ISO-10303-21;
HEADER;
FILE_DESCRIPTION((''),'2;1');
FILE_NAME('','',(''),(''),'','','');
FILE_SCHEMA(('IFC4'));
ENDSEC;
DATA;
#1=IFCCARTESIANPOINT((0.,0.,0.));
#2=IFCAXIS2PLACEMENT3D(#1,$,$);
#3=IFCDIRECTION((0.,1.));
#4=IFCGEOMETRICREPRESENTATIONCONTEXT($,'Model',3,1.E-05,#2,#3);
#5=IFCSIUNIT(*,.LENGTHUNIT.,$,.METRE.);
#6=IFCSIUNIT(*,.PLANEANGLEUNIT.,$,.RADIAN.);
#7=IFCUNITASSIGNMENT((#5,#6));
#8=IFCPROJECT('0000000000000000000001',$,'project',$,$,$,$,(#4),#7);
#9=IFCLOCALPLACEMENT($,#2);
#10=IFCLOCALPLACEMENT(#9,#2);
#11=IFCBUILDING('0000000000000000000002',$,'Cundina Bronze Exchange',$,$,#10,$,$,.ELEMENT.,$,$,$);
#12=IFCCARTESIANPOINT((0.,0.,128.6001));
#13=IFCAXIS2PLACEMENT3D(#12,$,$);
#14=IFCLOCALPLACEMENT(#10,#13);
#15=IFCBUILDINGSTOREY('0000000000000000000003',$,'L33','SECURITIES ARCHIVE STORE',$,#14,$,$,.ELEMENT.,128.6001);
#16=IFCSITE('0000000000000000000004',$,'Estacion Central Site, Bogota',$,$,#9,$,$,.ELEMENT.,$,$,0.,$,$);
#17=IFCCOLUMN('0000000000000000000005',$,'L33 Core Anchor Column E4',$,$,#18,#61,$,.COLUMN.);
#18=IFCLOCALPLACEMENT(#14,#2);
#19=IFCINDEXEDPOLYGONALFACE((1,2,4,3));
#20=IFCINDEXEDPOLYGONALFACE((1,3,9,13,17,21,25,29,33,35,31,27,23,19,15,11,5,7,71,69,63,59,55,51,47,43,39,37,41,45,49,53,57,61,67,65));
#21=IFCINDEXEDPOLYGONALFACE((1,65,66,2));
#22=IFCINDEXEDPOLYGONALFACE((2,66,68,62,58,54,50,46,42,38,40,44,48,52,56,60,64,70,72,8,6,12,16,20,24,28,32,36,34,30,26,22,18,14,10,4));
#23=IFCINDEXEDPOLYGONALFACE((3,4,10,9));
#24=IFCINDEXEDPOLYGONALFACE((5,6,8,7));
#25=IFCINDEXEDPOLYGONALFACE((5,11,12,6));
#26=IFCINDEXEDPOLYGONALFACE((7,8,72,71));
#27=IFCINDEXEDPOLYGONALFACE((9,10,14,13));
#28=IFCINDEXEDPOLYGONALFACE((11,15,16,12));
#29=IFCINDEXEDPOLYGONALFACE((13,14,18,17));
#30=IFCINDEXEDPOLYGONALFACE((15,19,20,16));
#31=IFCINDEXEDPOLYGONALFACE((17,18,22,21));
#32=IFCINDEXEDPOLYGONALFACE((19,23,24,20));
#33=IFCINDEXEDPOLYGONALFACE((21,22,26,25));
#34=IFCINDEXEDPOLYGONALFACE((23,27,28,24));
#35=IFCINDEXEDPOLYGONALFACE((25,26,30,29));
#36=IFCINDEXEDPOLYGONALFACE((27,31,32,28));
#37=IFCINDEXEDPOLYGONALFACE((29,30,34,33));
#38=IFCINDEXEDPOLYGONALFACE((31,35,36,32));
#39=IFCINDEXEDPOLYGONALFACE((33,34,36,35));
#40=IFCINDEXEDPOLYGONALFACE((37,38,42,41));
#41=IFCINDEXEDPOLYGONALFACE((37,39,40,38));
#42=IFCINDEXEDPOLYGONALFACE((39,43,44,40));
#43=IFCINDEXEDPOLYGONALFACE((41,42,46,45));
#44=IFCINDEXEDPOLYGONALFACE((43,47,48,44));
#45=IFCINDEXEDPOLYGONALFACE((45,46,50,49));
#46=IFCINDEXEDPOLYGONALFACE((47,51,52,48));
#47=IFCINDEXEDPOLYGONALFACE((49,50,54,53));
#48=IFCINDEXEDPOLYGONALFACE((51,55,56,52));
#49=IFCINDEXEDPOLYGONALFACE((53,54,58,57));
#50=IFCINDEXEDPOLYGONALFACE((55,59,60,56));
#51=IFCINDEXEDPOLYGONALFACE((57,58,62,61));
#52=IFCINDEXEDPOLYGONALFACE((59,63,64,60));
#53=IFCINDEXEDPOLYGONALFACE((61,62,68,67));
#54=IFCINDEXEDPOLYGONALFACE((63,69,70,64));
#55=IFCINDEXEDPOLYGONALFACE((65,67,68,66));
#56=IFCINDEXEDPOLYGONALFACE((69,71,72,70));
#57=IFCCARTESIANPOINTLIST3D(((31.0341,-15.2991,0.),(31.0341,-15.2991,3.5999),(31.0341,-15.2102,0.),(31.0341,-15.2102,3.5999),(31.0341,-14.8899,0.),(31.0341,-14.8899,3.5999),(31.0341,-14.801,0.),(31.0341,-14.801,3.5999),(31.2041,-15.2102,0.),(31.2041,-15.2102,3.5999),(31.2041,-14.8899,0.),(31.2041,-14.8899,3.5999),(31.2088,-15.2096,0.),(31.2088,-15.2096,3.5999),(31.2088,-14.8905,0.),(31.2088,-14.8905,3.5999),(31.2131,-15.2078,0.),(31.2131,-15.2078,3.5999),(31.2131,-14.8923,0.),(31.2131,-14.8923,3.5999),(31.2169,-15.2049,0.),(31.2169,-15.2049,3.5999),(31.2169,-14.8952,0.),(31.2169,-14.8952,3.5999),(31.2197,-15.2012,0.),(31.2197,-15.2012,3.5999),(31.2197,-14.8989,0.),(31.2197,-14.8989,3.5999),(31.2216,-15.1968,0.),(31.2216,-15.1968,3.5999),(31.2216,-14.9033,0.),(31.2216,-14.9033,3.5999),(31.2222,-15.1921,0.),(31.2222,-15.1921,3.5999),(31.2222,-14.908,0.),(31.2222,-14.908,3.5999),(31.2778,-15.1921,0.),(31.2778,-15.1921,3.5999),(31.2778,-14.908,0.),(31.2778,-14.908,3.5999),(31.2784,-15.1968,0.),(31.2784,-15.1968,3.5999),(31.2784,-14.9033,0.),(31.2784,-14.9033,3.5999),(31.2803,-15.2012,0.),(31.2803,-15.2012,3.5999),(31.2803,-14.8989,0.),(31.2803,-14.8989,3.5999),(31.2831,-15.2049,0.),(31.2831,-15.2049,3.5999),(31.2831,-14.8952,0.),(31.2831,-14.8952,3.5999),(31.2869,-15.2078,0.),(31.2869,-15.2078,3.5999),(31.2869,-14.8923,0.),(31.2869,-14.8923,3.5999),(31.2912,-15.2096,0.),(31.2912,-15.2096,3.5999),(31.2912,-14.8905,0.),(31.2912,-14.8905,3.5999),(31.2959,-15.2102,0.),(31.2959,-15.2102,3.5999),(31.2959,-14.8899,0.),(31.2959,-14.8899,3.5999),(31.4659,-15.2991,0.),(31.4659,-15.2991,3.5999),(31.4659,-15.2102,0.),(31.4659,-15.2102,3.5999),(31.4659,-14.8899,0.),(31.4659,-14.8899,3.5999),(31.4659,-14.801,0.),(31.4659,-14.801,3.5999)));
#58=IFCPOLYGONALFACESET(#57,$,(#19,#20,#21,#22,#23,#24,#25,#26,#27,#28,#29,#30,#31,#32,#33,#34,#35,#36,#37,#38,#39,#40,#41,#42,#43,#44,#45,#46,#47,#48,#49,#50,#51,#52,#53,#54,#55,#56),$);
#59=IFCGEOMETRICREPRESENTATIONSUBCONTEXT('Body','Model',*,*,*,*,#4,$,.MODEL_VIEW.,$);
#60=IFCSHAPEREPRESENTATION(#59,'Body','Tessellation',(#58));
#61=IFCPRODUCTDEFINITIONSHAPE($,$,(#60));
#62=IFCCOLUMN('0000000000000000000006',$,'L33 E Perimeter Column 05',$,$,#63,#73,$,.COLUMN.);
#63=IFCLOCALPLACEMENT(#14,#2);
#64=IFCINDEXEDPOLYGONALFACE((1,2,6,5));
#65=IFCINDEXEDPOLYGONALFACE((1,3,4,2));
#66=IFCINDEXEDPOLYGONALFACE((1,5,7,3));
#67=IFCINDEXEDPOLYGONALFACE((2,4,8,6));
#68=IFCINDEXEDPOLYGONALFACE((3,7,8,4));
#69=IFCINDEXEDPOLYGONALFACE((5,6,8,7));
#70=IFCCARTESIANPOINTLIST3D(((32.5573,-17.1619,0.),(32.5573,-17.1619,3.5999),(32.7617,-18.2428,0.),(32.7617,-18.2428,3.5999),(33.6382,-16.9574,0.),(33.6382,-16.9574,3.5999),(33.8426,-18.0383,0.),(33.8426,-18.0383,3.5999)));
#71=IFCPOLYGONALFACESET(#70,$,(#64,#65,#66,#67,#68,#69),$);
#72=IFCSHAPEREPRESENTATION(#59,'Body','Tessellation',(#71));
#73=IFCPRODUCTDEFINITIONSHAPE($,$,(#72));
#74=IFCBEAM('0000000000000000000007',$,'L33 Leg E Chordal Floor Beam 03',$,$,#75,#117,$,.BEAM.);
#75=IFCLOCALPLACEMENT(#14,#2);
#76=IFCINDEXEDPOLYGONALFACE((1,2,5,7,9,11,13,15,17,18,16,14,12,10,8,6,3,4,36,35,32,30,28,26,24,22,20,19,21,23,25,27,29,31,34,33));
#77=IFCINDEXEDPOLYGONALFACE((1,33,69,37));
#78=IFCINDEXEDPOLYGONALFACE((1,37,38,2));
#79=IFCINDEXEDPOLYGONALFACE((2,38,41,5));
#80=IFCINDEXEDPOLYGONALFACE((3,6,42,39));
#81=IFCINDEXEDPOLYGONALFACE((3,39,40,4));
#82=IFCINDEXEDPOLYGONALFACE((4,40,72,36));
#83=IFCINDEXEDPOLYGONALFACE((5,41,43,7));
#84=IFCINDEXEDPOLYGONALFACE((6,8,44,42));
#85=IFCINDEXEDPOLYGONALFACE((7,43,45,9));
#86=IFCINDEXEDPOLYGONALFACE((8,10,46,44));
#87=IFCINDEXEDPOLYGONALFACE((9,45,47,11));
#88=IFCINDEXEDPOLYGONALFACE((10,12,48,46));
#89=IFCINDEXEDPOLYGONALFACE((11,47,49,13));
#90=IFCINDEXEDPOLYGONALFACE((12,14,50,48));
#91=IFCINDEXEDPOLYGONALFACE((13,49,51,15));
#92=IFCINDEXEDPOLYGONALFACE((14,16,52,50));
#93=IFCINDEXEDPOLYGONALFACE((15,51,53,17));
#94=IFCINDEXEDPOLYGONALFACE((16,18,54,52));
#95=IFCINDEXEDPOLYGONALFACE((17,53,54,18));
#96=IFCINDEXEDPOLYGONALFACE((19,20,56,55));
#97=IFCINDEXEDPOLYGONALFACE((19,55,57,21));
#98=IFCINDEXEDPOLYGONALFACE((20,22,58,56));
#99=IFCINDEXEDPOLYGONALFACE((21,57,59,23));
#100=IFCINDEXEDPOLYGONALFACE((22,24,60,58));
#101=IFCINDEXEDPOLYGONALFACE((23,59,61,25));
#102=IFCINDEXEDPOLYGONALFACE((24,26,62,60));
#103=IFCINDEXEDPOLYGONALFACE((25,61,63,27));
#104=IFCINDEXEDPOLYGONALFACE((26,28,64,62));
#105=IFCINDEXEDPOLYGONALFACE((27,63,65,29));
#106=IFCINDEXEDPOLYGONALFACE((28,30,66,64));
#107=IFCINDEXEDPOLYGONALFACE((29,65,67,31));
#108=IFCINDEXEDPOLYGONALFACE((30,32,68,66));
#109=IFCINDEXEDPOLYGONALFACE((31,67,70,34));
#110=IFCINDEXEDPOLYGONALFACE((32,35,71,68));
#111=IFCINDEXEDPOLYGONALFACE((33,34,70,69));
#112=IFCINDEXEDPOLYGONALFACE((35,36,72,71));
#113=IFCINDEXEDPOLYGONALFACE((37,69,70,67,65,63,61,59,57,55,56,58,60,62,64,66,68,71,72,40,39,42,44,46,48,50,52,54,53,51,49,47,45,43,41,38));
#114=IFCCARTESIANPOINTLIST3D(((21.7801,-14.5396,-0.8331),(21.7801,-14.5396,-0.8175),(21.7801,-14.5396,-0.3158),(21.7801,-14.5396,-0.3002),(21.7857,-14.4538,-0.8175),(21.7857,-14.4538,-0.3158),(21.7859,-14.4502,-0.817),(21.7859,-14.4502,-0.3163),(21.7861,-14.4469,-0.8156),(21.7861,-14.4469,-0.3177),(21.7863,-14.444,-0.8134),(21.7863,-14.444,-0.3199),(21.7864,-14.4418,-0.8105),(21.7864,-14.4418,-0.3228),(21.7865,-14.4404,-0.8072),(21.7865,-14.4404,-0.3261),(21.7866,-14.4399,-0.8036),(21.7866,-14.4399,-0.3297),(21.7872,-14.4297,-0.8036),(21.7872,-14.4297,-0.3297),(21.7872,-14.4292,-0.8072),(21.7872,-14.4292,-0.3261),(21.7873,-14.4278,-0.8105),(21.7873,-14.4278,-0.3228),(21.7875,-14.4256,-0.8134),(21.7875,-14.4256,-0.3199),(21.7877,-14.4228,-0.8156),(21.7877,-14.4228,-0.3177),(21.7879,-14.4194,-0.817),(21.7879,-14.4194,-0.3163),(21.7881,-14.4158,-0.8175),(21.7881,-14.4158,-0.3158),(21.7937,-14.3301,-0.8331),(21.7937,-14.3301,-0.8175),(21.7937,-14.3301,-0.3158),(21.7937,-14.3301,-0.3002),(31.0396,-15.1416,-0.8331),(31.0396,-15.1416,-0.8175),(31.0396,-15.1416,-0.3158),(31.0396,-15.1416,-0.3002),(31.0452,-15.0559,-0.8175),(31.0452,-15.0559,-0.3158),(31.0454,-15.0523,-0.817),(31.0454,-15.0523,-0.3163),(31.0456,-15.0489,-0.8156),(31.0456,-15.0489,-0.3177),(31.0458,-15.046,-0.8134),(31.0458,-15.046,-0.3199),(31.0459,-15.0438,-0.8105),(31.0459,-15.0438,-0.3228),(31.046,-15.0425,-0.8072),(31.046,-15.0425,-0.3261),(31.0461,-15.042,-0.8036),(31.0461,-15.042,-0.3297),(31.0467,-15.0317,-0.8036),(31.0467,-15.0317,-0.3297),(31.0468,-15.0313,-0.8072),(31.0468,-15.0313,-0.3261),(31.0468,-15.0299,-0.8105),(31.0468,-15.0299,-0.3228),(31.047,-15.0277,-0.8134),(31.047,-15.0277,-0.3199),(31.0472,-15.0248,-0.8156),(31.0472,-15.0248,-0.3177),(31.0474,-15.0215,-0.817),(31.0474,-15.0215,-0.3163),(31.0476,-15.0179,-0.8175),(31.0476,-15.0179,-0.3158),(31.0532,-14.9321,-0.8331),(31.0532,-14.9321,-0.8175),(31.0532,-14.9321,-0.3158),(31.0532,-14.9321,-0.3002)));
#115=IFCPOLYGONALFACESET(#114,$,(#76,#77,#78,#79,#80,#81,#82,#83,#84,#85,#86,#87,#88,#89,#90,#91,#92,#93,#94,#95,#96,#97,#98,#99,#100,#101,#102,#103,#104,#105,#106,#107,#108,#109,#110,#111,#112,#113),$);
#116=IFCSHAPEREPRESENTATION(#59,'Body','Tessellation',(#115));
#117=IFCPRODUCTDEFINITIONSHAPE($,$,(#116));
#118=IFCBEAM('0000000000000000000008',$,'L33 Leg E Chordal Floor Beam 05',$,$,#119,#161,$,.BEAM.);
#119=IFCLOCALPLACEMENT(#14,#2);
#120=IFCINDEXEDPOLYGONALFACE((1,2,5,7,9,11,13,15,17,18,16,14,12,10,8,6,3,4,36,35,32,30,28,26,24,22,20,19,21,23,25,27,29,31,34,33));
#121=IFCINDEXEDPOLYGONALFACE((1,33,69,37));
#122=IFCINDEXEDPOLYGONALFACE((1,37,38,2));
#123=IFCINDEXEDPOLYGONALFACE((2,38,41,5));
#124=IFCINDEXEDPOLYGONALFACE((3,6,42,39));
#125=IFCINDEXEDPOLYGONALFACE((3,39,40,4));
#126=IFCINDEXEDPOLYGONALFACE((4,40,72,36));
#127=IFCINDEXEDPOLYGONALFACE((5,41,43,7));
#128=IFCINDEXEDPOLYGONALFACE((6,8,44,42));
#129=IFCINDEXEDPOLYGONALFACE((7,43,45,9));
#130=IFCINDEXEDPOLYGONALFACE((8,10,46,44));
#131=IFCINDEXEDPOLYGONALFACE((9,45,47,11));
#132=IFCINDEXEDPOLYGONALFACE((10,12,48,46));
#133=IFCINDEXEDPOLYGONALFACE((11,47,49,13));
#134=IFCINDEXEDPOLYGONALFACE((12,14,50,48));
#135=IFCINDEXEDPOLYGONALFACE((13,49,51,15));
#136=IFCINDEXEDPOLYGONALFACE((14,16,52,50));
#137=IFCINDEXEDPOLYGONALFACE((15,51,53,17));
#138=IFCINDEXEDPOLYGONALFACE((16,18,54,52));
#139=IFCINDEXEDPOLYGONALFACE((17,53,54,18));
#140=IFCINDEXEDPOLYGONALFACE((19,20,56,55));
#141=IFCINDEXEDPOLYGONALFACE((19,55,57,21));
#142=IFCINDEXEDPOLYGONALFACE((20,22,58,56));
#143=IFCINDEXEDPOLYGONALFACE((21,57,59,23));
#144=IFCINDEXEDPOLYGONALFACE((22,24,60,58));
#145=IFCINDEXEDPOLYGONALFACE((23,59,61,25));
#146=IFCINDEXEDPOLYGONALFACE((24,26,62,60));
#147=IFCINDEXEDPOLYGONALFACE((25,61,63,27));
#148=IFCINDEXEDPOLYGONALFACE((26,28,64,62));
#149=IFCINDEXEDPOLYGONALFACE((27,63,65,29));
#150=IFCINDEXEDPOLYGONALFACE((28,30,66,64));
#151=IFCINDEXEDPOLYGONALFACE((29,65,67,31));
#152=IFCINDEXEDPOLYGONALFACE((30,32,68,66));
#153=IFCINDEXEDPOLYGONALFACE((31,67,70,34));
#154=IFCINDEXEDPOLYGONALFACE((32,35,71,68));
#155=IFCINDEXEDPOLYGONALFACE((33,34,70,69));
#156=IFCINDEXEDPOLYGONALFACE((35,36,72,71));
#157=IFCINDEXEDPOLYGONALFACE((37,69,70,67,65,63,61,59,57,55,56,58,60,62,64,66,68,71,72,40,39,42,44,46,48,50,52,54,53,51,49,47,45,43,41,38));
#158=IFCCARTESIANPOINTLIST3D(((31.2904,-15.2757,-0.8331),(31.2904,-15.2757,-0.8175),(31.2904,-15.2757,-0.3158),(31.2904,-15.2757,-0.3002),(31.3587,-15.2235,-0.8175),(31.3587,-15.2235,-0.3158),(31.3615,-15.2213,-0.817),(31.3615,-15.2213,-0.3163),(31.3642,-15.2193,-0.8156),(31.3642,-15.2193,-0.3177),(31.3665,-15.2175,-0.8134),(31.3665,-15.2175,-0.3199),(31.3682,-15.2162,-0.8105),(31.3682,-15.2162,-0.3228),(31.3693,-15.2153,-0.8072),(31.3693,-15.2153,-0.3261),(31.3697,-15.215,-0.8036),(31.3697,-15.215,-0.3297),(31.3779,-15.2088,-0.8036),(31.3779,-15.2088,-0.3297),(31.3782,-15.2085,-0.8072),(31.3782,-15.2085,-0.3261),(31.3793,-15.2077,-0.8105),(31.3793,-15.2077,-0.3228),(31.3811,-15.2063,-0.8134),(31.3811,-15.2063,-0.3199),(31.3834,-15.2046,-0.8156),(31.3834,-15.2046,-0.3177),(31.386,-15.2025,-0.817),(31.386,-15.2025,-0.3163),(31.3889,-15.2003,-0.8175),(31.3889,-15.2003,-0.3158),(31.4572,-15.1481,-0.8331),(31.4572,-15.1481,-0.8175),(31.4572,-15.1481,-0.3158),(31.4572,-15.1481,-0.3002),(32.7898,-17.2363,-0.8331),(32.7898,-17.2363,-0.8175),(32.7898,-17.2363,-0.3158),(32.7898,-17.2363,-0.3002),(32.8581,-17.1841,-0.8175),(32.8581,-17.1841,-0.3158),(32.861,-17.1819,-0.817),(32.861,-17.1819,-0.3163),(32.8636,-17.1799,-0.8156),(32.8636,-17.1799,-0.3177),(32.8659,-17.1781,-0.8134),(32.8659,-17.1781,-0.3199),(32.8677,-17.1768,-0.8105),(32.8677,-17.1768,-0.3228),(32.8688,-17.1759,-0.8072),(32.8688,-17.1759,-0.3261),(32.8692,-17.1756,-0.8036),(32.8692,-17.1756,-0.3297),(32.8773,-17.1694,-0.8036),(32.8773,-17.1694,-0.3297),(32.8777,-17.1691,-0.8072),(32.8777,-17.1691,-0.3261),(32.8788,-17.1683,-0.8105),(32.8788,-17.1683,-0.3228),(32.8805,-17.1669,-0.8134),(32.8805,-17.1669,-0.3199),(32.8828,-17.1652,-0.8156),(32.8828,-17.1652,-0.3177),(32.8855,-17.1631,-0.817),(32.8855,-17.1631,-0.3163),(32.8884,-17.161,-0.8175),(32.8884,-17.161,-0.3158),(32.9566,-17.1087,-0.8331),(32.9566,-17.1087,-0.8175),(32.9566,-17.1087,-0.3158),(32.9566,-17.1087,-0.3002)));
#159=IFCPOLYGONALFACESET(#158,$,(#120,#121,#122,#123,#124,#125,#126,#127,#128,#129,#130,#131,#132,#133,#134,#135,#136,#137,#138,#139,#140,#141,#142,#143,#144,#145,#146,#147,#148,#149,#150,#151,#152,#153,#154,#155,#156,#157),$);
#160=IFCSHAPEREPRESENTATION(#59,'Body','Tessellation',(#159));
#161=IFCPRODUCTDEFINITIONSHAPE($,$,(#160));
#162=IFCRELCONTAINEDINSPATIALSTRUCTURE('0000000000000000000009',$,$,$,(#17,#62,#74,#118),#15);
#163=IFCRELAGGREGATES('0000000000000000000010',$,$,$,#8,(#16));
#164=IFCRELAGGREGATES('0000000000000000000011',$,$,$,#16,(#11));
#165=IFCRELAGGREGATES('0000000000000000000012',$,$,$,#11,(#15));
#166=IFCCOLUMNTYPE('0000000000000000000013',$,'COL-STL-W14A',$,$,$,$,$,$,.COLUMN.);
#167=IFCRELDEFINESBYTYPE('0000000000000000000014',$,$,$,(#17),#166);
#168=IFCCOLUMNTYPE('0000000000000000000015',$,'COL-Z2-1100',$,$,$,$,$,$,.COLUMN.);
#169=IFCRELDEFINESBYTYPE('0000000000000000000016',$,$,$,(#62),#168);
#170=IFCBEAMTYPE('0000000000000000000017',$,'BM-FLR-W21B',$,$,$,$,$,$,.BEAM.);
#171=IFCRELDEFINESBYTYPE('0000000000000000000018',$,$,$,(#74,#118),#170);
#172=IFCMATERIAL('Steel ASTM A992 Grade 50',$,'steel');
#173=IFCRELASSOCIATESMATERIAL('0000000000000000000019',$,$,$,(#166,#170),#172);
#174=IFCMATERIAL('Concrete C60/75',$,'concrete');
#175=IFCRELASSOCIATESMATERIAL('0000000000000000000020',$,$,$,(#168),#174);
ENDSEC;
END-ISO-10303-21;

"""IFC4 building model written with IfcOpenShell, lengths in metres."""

from ifc_helpers import new_model, si_unit, direction, frame, origin, origin_2d, place, context, subcontext, project, spatial, rectangle, i_section, extrude, material, material_profile, profile_set, type_object, element, save


model = new_model("IFC4")

# Units and contexts
model_context = context("Model", 3, precision=1e-05, world=origin(), true_north=direction((0.0, 1.0)))
body_context = subcontext(model_context, "Body", "Model", "MODEL_VIEW")
ifc_project = project(units=[si_unit("LENGTHUNIT", "METRE"), si_unit("PLANEANGLEUNIT", "RADIAN")], contexts=[model_context])

# Site, building, storey
site_placement = place(None, origin())
site = spatial("IfcSite", under=ifc_project, at=site_placement, Name="Estacion Central Site, Bogota", CompositionType="ELEMENT", RefElevation=0.0)
building_placement = place(site_placement, origin())
building = spatial("IfcBuilding", under=site, at=building_placement, Name="Cundina Bronze Exchange", CompositionType="ELEMENT")
storey_placement = place(building_placement, frame((0.0, 0.0, 128.6001)))
storey = spatial("IfcBuildingStorey", under=building, at=storey_placement, Name="L33", Description="SECURITIES ARCHIVE STORE", CompositionType="ELEMENT", Elevation=128.6001)

# Columns
ifc_material_1 = material(Name="Steel ASTM A992 Grade 50", Category="steel")
ifc_material_profile_1 = material_profile(ifc_material_1, i_section(OverallWidth=0.4319, OverallDepth=0.498, WebThickness=0.0557, FlangeThickness=0.0889, FilletRadius=0.0181, at=origin_2d()), Name="W14X500", Category="steel")
ifc_profile_set_1 = profile_set([ifc_material_profile_1], Name="Steel ASTM A992 Grade 50")
column_type_1 = type_object("IfcColumnType", Name="COL-STL-W14A", PredefinedType="COLUMN", material=ifc_profile_set_1)
column_1_placement = place(storey_placement, frame((31.25, -15.05, 0.0), z_axis=(0.0, 0.0, 1.0), x_axis=(1.0, 0.0, 0.0)))
element("IfcColumn", 1, at=column_1_placement, inside=storey, type_object=column_type_1, Name="L33 Core Anchor Column E4", PredefinedType="COLUMN", context=body_context, shape_type="SweptSolid", body=[
    extrude(i_section(OverallWidth=0.4319, OverallDepth=0.498, WebThickness=0.0557, FlangeThickness=0.0889, FilletRadius=0.0181, at=origin_2d()), origin(), (0.0, 0.0, 1.0), 3.5999),
])
ifc_material_2 = material(Name="Concrete C60/75", Category="concrete")
ifc_material_profile_2 = material_profile(ifc_material_2, rectangle(XDim=1.1001, YDim=1.1001, at=origin_2d()), Name="RC1100X1100", Category="concrete")
ifc_profile_set_2 = profile_set([ifc_material_profile_2], Name="Concrete C60/75")
column_type_2 = type_object("IfcColumnType", Name="COL-Z2-1100", PredefinedType="COLUMN", material=ifc_profile_set_2)
column_2_placement = place(storey_placement, frame((33.2, -17.6001, 0.0), z_axis=(0.0, 0.0, 1.0), x_axis=(0.98258, 0.185838, 0.0)))
element("IfcColumn", 2, at=column_2_placement, inside=storey, type_object=column_type_2, Name="L33 E Perimeter Column 05", PredefinedType="COLUMN", context=body_context, shape_type="SweptSolid", body=[
    extrude(rectangle(XDim=1.1001, YDim=1.1001, at=origin_2d()), origin(), (0.0, 0.0, 1.0), 3.5999),
])

# Beams
ifc_material_profile_3 = material_profile(ifc_material_1, i_section(OverallWidth=0.21, OverallDepth=0.533, WebThickness=0.0103, FlangeThickness=0.0156, FilletRadius=0.0139, at=origin_2d()), Name="W21X62", Category="steel")
ifc_profile_set_3 = profile_set([ifc_material_profile_3], Name="Steel ASTM A992 Grade 50")
beam_type_1 = type_object("IfcBeamType", Name="BM-FLR-W21B", PredefinedType="BEAM", material=ifc_profile_set_3)
beam_1_placement = place(storey_placement, frame((31.0464, -15.0369, -0.5667), z_axis=(-0.997893, 0.064883, 0.0), x_axis=(-0.064883, -0.997893, 0.0)))
element("IfcBeam", 3, at=beam_1_placement, inside=storey, type_object=beam_type_1, Name="L33 Leg E Chordal Floor Beam 03", PredefinedType="BEAM", context=body_context, shape_type="SweptSolid", body=[
    extrude(i_section(OverallWidth=0.21, OverallDepth=0.533, WebThickness=0.0103, FlangeThickness=0.0156, FilletRadius=0.0139, at=origin_2d()), origin(), (0.0, 0.0, 1.0), 9.2791),
])
beam_2_placement = place(storey_placement, frame((31.3738, -15.2119, -0.5667), z_axis=(0.60749, -0.794327, 0.0), x_axis=(0.794327, 0.60749, 0.0)))
element("IfcBeam", 4, at=beam_2_placement, inside=storey, type_object=beam_type_1, Name="L33 Leg E Chordal Floor Beam 05", PredefinedType="BEAM", context=body_context, shape_type="SweptSolid", body=[
    extrude(i_section(OverallWidth=0.21, OverallDepth=0.533, WebThickness=0.0103, FlangeThickness=0.0156, FilletRadius=0.0139, at=origin_2d()), origin(), (0.0, 0.0, 1.0), 2.4683),
])

save(model, "model.ifc")
